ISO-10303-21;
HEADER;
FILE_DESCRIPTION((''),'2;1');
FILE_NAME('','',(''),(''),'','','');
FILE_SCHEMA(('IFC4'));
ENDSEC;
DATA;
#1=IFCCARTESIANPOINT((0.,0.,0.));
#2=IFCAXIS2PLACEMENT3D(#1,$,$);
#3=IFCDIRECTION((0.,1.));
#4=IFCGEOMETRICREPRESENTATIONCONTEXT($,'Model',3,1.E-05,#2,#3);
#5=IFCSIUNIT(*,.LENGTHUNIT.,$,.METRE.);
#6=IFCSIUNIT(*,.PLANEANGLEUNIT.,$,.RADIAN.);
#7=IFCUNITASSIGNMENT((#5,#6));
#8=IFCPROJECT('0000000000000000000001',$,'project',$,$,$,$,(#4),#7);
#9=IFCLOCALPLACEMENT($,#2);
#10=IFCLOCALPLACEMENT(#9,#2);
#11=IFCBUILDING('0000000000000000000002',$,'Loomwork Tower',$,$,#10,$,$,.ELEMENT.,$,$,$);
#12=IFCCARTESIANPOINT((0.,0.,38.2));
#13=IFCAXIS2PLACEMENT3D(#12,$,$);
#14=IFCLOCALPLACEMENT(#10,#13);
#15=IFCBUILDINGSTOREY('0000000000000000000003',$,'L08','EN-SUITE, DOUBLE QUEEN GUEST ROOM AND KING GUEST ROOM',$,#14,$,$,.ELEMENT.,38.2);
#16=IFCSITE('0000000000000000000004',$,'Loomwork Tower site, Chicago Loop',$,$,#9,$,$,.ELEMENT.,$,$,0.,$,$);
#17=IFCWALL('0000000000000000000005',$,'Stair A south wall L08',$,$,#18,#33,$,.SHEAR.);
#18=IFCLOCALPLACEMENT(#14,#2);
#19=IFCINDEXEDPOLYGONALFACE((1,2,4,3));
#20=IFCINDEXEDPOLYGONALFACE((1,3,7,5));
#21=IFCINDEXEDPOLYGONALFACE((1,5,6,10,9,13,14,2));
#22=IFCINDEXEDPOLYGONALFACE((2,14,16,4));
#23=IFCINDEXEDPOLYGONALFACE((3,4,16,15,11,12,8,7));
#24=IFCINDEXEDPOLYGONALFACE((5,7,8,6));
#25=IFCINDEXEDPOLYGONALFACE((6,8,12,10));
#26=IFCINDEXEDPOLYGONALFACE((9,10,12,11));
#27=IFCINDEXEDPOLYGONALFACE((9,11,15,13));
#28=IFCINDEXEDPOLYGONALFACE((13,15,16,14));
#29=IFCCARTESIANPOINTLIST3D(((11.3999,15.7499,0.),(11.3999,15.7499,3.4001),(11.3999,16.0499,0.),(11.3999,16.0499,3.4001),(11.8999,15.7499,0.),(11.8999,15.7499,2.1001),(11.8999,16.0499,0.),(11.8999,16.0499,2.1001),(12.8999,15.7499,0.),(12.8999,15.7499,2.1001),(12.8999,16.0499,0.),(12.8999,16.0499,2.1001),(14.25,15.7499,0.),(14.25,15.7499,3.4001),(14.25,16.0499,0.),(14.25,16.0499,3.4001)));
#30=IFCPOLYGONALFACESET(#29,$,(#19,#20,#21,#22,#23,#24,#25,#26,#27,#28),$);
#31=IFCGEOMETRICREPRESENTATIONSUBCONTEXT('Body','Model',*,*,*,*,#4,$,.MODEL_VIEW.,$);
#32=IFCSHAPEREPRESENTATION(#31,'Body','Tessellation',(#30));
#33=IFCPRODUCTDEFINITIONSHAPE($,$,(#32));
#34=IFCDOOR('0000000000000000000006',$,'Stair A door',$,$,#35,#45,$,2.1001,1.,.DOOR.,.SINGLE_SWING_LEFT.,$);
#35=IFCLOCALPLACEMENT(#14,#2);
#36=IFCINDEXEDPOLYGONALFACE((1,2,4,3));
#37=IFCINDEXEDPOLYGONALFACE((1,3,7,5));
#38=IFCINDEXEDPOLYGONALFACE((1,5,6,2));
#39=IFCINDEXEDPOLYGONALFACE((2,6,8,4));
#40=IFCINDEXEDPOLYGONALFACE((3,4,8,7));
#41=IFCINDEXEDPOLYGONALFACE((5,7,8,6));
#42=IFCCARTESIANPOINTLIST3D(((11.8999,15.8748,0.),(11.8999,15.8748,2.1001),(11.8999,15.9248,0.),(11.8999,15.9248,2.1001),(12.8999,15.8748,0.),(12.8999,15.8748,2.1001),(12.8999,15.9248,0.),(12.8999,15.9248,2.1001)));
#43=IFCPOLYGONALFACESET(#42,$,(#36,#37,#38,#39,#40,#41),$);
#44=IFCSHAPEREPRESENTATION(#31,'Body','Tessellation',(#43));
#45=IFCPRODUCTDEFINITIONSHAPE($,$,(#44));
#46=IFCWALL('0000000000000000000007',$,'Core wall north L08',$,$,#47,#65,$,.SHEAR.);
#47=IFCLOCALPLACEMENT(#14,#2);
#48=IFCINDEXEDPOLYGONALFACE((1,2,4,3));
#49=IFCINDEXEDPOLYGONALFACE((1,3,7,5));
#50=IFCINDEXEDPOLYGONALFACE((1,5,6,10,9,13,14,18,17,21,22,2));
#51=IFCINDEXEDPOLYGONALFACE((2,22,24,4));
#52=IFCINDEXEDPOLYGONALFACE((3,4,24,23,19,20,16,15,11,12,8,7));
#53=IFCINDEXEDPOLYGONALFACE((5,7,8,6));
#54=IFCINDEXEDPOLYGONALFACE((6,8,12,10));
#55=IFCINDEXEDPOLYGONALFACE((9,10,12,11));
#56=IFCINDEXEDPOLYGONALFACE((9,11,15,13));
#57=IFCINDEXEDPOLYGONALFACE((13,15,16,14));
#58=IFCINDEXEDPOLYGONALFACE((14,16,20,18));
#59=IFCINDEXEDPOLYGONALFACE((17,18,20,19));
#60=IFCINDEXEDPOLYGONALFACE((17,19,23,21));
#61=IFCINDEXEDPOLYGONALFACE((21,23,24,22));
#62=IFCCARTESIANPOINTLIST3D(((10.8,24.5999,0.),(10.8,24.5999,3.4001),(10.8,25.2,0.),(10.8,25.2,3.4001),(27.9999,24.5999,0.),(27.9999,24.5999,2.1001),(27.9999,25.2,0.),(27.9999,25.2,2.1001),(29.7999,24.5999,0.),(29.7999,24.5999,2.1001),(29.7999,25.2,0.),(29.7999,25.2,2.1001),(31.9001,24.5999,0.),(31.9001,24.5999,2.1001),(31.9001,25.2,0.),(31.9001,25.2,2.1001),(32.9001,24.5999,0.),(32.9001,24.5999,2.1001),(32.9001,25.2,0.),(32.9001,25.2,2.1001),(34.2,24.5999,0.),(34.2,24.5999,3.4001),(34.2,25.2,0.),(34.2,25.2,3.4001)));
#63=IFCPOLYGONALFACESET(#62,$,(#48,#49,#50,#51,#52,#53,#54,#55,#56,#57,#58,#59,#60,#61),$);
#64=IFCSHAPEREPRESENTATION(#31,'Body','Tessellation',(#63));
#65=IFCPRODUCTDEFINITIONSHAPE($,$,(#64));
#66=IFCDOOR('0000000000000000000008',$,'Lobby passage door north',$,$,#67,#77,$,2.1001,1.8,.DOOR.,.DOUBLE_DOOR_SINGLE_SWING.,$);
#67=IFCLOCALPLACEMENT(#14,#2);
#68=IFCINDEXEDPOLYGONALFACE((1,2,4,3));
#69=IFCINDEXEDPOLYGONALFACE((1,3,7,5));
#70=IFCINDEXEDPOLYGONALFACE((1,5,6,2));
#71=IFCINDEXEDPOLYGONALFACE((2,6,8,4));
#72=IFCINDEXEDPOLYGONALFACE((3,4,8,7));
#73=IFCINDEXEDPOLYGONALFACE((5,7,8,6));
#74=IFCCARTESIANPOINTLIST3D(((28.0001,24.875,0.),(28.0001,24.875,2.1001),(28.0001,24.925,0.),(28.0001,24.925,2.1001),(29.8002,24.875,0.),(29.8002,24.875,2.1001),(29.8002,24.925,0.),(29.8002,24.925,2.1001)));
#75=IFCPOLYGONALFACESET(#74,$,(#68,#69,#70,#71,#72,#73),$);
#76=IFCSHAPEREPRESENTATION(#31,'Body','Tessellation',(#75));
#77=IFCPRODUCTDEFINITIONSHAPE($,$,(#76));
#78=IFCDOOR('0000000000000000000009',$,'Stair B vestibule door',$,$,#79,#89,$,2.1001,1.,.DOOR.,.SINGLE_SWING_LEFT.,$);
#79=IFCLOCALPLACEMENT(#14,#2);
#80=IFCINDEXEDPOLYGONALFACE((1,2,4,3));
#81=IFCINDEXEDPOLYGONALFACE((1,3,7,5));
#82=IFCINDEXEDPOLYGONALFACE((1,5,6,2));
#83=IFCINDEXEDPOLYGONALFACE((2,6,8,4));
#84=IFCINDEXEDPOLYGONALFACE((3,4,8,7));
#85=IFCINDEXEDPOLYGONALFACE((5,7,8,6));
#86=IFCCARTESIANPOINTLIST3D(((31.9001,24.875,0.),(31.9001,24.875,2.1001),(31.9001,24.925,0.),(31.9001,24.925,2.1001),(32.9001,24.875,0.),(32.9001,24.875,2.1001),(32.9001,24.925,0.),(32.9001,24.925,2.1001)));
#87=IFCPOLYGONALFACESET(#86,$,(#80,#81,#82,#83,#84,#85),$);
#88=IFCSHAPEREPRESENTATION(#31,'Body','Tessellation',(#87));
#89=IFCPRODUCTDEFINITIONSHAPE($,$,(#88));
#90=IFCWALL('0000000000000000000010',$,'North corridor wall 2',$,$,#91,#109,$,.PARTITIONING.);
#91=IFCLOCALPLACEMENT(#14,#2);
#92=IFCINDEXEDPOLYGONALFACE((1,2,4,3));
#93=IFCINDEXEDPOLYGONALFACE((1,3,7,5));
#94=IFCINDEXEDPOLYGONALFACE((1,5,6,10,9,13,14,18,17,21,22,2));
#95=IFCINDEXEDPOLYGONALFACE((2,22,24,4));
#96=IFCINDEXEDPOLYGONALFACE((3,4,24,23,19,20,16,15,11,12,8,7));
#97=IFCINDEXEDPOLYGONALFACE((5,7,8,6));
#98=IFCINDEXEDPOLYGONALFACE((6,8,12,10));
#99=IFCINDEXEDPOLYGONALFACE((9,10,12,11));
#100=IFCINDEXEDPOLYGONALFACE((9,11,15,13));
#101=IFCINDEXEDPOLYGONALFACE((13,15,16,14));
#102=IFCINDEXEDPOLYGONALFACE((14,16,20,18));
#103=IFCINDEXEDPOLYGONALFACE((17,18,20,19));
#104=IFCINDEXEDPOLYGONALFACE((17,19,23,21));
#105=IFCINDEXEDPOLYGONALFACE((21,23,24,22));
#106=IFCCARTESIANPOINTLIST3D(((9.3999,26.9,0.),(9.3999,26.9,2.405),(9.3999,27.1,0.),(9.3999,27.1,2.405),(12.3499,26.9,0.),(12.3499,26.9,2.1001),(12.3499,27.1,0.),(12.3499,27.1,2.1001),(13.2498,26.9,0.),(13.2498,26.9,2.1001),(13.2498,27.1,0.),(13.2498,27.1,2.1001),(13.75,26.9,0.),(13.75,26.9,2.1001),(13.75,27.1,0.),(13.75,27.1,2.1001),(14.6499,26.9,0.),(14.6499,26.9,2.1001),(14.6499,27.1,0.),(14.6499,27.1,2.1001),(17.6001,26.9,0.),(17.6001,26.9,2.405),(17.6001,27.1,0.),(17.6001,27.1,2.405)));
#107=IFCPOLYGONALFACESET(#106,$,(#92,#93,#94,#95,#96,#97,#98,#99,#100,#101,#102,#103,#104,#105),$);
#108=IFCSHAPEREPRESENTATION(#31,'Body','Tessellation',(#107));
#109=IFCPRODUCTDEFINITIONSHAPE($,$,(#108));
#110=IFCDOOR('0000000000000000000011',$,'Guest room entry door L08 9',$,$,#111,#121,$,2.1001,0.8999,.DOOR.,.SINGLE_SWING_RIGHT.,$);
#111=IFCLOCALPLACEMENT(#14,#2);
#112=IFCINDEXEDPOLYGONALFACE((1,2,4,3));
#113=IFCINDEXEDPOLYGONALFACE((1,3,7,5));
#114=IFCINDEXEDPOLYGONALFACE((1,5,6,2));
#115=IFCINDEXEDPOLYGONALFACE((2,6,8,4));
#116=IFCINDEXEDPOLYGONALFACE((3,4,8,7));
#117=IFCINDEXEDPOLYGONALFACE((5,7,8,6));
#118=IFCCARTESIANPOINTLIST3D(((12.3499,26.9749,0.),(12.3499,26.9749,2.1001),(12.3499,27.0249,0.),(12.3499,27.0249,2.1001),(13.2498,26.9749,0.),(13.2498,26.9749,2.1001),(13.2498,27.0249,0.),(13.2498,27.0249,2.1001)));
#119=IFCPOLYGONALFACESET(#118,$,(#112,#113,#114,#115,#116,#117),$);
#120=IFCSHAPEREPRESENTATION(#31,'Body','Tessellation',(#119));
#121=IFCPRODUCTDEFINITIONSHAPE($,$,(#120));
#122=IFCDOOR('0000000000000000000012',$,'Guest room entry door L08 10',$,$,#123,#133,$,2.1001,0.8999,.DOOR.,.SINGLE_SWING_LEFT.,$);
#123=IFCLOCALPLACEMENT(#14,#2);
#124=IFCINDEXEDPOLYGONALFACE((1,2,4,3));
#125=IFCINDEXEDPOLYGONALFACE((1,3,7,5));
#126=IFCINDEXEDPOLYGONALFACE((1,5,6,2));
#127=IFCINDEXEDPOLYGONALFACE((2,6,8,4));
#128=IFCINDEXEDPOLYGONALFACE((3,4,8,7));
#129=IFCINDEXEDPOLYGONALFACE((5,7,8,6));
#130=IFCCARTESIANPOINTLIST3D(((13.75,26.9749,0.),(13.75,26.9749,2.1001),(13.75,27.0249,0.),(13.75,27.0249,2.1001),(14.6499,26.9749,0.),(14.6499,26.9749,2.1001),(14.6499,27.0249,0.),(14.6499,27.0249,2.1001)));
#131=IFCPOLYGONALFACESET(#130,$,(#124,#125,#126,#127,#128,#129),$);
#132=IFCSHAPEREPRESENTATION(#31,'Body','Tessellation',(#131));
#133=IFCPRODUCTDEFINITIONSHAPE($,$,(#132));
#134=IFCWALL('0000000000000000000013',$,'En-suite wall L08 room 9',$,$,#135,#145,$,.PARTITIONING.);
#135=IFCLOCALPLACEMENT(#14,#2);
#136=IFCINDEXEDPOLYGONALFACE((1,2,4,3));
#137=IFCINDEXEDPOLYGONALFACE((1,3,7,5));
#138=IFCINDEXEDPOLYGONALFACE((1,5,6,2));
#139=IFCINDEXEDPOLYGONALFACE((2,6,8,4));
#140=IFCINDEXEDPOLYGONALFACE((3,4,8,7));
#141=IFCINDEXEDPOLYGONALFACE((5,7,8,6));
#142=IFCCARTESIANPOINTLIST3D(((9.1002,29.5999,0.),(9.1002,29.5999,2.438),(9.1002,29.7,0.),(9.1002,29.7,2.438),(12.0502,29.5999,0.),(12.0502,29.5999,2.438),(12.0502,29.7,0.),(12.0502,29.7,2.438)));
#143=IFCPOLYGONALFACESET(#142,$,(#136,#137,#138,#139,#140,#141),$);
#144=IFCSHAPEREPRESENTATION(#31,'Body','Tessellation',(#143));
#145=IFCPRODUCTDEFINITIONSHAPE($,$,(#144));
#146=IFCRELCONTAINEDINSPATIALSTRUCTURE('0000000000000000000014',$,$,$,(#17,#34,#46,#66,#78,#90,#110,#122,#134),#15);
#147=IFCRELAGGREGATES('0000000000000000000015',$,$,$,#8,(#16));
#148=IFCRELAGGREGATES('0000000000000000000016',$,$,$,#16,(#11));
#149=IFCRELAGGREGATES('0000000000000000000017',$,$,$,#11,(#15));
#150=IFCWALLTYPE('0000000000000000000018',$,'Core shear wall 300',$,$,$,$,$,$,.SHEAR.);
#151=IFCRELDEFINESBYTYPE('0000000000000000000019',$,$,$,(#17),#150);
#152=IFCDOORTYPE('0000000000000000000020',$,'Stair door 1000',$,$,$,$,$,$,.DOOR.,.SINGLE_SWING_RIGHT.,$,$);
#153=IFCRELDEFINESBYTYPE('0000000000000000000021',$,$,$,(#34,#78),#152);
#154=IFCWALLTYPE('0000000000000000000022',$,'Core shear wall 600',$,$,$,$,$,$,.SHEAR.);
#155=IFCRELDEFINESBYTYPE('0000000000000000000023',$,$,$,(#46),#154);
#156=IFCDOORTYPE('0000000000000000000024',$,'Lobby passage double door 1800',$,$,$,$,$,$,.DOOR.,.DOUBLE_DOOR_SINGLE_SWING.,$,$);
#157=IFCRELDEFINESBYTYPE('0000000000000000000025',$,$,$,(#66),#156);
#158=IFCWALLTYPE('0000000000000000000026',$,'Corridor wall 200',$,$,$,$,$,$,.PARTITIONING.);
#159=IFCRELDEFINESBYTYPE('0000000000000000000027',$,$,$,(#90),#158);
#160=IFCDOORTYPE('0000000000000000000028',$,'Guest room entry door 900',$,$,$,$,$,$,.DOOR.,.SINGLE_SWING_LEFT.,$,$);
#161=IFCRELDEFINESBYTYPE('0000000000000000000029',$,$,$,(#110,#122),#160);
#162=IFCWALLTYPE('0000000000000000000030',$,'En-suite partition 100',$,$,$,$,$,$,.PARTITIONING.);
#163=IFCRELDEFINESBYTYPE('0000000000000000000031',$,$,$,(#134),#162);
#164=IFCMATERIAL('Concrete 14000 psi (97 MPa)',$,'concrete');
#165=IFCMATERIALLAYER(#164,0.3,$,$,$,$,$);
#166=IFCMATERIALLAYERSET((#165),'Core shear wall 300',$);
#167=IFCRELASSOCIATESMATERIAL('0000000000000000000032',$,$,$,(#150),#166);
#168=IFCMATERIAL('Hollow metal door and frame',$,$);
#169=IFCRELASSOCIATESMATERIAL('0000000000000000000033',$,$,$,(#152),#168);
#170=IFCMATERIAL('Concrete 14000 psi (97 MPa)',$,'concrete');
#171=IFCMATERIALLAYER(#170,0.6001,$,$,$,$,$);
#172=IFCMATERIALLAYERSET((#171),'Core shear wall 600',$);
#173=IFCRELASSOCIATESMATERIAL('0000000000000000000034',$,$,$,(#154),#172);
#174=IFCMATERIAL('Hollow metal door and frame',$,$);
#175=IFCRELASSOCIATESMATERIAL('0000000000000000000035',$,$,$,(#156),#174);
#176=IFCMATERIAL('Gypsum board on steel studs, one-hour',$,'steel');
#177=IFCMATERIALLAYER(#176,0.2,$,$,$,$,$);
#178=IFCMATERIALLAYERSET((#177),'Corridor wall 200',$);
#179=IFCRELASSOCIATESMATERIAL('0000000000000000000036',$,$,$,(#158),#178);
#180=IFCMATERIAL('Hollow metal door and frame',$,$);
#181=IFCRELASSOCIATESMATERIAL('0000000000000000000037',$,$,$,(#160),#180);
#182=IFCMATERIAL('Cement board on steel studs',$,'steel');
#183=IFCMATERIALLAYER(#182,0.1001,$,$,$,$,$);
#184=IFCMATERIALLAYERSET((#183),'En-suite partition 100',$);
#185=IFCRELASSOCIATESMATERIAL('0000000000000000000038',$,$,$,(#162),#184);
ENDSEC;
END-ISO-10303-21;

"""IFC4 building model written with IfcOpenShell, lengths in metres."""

from ifc_helpers import new_model, si_unit, direction, frame, frame_2d, origin, place, context, subcontext, project, spatial, rectangle, extrude, material, layer, layer_set, type_object, element, fill, save


model = new_model("IFC4")

# Units and contexts
model_context = context("Model", 3, precision=1e-05, world=origin(), true_north=direction((0.0, 1.0)))
body_context = subcontext(model_context, "Body", "Model", "MODEL_VIEW")
ifc_project = project(units=[si_unit("LENGTHUNIT", "METRE"), si_unit("PLANEANGLEUNIT", "RADIAN")], contexts=[model_context])

# Site, building, storey
site_placement = place(None, origin())
site = spatial("IfcSite", under=ifc_project, at=site_placement, Name="Loomwork Tower site, Chicago Loop", CompositionType="ELEMENT", RefElevation=0.0)
building_placement = place(site_placement, origin())
building = spatial("IfcBuilding", under=site, at=building_placement, Name="Loomwork Tower", CompositionType="ELEMENT")
storey_placement = place(building_placement, frame((0.0, 0.0, 38.2)))
storey = spatial("IfcBuildingStorey", under=building, at=storey_placement, Name="L08", Description="EN-SUITE, DOUBLE QUEEN GUEST ROOM AND KING GUEST ROOM", CompositionType="ELEMENT", Elevation=38.2)

# Wall, opening, door
ifc_material_1 = material(Name="Concrete 14000 psi (97 MPa)", Category="concrete")
ifc_layer_1 = layer(ifc_material_1, 0.3)
ifc_layer_set_1 = layer_set([ifc_layer_1], Name="Core shear wall 300")
wall_type_1 = type_object("IfcWallType", Name="Core shear wall 300", PredefinedType="SHEAR", material=ifc_layer_set_1)
wall_1_placement = place(storey_placement, frame((11.3999, 15.8999, 0.0), z_axis=(0.0, 0.0, 1.0), x_axis=(1.0, 0.0, 0.0)))
wall_1 = element("IfcWall", 1, at=wall_1_placement, inside=storey, type_object=wall_type_1, Name="Stair A south wall L08", PredefinedType="SHEAR", context=body_context, shape_type="SweptSolid", body=[
    extrude(rectangle(XDim=2.8501, YDim=0.3, at=frame_2d((1.425, 0.0))), origin(), (0.0, 0.0, 1.0), 3.4001),
])
opening_1_placement = place(wall_1_placement, frame((0.5, 0.0, 0.0)))
opening_1 = element("IfcOpeningElement", 2, at=opening_1_placement, cuts=wall_1, PredefinedType="OPENING", context=body_context, shape_type="SweptSolid", body=[
    extrude(rectangle(XDim=1.0, YDim=2.1001, at=frame_2d((0.5, 1.05))), frame((0.0, 0.1599, 0.0), z_axis=(0.0, -1.0, 0.0), x_axis=(1.0, 0.0, 0.0)), (0.0, 0.0, 1.0), 0.3201),
])
ifc_material_2 = material(Name="Hollow metal door and frame")
door_type_1 = type_object("IfcDoorType", Name="Stair door 1000", OperationType="SINGLE_SWING_RIGHT", PredefinedType="DOOR", material=ifc_material_2)
door_1_placement = place(opening_1_placement, origin())
door_1 = element("IfcDoor", 3, at=door_1_placement, inside=storey, type_object=door_type_1, Name="Stair A door", OperationType="SINGLE_SWING_LEFT", OverallHeight=2.1001, OverallWidth=1.0, PredefinedType="DOOR", context=body_context, shape_type="SweptSolid", body=[
    extrude(rectangle(XDim=1.0, YDim=2.1001, at=frame_2d((0.5, 1.05))), frame((0.0, 0.0249, 0.0), z_axis=(0.0, -1.0, 0.0), x_axis=(1.0, 0.0, 0.0)), (0.0, 0.0, 1.0), 0.05),
])
fill(opening_1, door_1)

# Walls, openings, doors
ifc_material_3 = material(Name="Concrete 14000 psi (97 MPa)", Category="concrete")
ifc_layer_2 = layer(ifc_material_3, 0.6001)
ifc_layer_set_2 = layer_set([ifc_layer_2], Name="Core shear wall 600")
wall_type_2 = type_object("IfcWallType", Name="Core shear wall 600", PredefinedType="SHEAR", material=ifc_layer_set_2)
wall_2_placement = place(storey_placement, frame((10.8, 24.8999, 0.0), z_axis=(0.0, 0.0, 1.0), x_axis=(1.0, 0.0, 0.0)))
wall_2 = element("IfcWall", 4, at=wall_2_placement, inside=storey, type_object=wall_type_2, Name="Core wall north L08", PredefinedType="SHEAR", context=body_context, shape_type="SweptSolid", body=[
    extrude(rectangle(XDim=23.3999, YDim=0.6001, at=frame_2d((11.7, 0.0))), origin(), (0.0, 0.0, 1.0), 3.4001),
])
opening_2_placement = place(wall_2_placement, frame((17.2, 0.0, 0.0)))
opening_2 = element("IfcOpeningElement", 5, at=opening_2_placement, cuts=wall_2, PredefinedType="OPENING", context=body_context, shape_type="SweptSolid", body=[
    extrude(rectangle(XDim=1.8, YDim=2.1001, at=frame_2d((0.8999, 1.05))), frame((0.0, 0.3101, 0.0), z_axis=(0.0, -1.0, 0.0), x_axis=(1.0, 0.0, 0.0)), (0.0, 0.0, 1.0), 0.6201),
])
opening_3_placement = place(wall_2_placement, frame((21.1001, 0.0, 0.0)))
opening_3 = element("IfcOpeningElement", 6, at=opening_3_placement, cuts=wall_2, PredefinedType="OPENING", context=body_context, shape_type="SweptSolid", body=[
    extrude(rectangle(XDim=1.0, YDim=2.1001, at=frame_2d((0.5, 1.05))), frame((0.0, 0.3101, 0.0), z_axis=(0.0, -1.0, 0.0), x_axis=(1.0, 0.0, 0.0)), (0.0, 0.0, 1.0), 0.6201),
])
ifc_material_4 = material(Name="Hollow metal door and frame")
door_type_2 = type_object("IfcDoorType", Name="Lobby passage double door 1800", OperationType="DOUBLE_DOOR_SINGLE_SWING", PredefinedType="DOOR", material=ifc_material_4)
door_2_placement = place(opening_2_placement, frame((1.8, 0.0, 0.0), z_axis=(0.0, 0.0, 1.0), x_axis=(-1.0, 0.0, 0.0)))
door_2 = element("IfcDoor", 7, at=door_2_placement, inside=storey, type_object=door_type_2, Name="Lobby passage door north", OperationType="DOUBLE_DOOR_SINGLE_SWING", OverallHeight=2.1001, OverallWidth=1.8, PredefinedType="DOOR", context=body_context, shape_type="SweptSolid", body=[
    extrude(rectangle(XDim=1.8, YDim=2.1001, at=frame_2d((0.8999, 1.05))), frame((0.0, 0.0249, 0.0), z_axis=(0.0, -1.0, 0.0), x_axis=(1.0, 0.0, 0.0)), (0.0, 0.0, 1.0), 0.05),
])
fill(opening_2, door_2)
door_3_placement = place(opening_3_placement, frame((1.0, 0.0, 0.0), z_axis=(0.0, 0.0, 1.0), x_axis=(-1.0, 0.0, 0.0)))
door_3 = element("IfcDoor", 8, at=door_3_placement, inside=storey, type_object=door_type_1, Name="Stair B vestibule door", OperationType="SINGLE_SWING_LEFT", OverallHeight=2.1001, OverallWidth=1.0, PredefinedType="DOOR", context=body_context, shape_type="SweptSolid", body=[
    extrude(rectangle(XDim=1.0, YDim=2.1001, at=frame_2d((0.5, 1.05))), frame((0.0, 0.0249, 0.0), z_axis=(0.0, -1.0, 0.0), x_axis=(1.0, 0.0, 0.0)), (0.0, 0.0, 1.0), 0.05),
])
fill(opening_3, door_3)
ifc_material_5 = material(Name="Gypsum board on steel studs, one-hour", Category="steel")
ifc_layer_3 = layer(ifc_material_5, 0.2)
ifc_layer_set_3 = layer_set([ifc_layer_3], Name="Corridor wall 200")
wall_type_3 = type_object("IfcWallType", Name="Corridor wall 200", PredefinedType="PARTITIONING", material=ifc_layer_set_3)
wall_3_placement = place(storey_placement, frame((9.3999, 27.0, 0.0), z_axis=(0.0, 0.0, 1.0), x_axis=(1.0, 0.0, 0.0)))
wall_3 = element("IfcWall", 9, at=wall_3_placement, inside=storey, type_object=wall_type_3, Name="North corridor wall 2", PredefinedType="PARTITIONING", context=body_context, shape_type="SweptSolid", body=[
    extrude(rectangle(XDim=8.2002, YDim=0.2, at=frame_2d((4.1001, 0.0))), origin(), (0.0, 0.0, 1.0), 2.405),
])
opening_4_placement = place(wall_3_placement, frame((2.95, 0.0, 0.0)))
opening_4 = element("IfcOpeningElement", 10, at=opening_4_placement, cuts=wall_3, PredefinedType="OPENING", context=body_context, shape_type="SweptSolid", body=[
    extrude(rectangle(XDim=0.8999, YDim=2.1001, at=frame_2d((0.45, 1.05))), frame((0.0, 0.1099, 0.0), z_axis=(0.0, -1.0, 0.0), x_axis=(1.0, 0.0, 0.0)), (0.0, 0.0, 1.0), 0.22),
])
opening_5_placement = place(wall_3_placement, frame((4.3501, 0.0, 0.0)))
opening_5 = element("IfcOpeningElement", 11, at=opening_5_placement, cuts=wall_3, PredefinedType="OPENING", context=body_context, shape_type="SweptSolid", body=[
    extrude(rectangle(XDim=0.8999, YDim=2.1001, at=frame_2d((0.45, 1.05))), frame((0.0, 0.1099, 0.0), z_axis=(0.0, -1.0, 0.0), x_axis=(1.0, 0.0, 0.0)), (0.0, 0.0, 1.0), 0.22),
])
ifc_material_6 = material(Name="Hollow metal door and frame")
door_type_3 = type_object("IfcDoorType", Name="Guest room entry door 900", OperationType="SINGLE_SWING_LEFT", PredefinedType="DOOR", material=ifc_material_6)
door_4_placement = place(opening_4_placement, origin())
door_4 = element("IfcDoor", 12, at=door_4_placement, inside=storey, type_object=door_type_3, Name="Guest room entry door L08 9", OperationType="SINGLE_SWING_RIGHT", OverallHeight=2.1001, OverallWidth=0.8999, PredefinedType="DOOR", context=body_context, shape_type="SweptSolid", body=[
    extrude(rectangle(XDim=0.8999, YDim=2.1001, at=frame_2d((0.45, 1.05))), frame((0.0, 0.0249, 0.0), z_axis=(0.0, -1.0, 0.0), x_axis=(1.0, 0.0, 0.0)), (0.0, 0.0, 1.0), 0.05),
])
fill(opening_4, door_4)
door_5_placement = place(opening_5_placement, origin())
door_5 = element("IfcDoor", 13, at=door_5_placement, inside=storey, type_object=door_type_3, Name="Guest room entry door L08 10", OperationType="SINGLE_SWING_LEFT", OverallHeight=2.1001, OverallWidth=0.8999, PredefinedType="DOOR", context=body_context, shape_type="SweptSolid", body=[
    extrude(rectangle(XDim=0.8999, YDim=2.1001, at=frame_2d((0.45, 1.05))), frame((0.0, 0.0249, 0.0), z_axis=(0.0, -1.0, 0.0), x_axis=(1.0, 0.0, 0.0)), (0.0, 0.0, 1.0), 0.05),
])
fill(opening_5, door_5)

# Wall
ifc_material_7 = material(Name="Cement board on steel studs", Category="steel")
ifc_layer_4 = layer(ifc_material_7, 0.1001)
ifc_layer_set_4 = layer_set([ifc_layer_4], Name="En-suite partition 100")
wall_type_4 = type_object("IfcWallType", Name="En-suite partition 100", PredefinedType="PARTITIONING", material=ifc_layer_set_4)
wall_4_placement = place(storey_placement, frame((9.1001, 29.6499, 0.0), z_axis=(0.0, 0.0, 1.0), x_axis=(1.0, 0.0, 0.0)))
element("IfcWall", 14, at=wall_4_placement, inside=storey, type_object=wall_type_4, Name="En-suite wall L08 room 9", PredefinedType="PARTITIONING", context=body_context, shape_type="SweptSolid", body=[
    extrude(rectangle(XDim=2.95, YDim=0.1001, at=frame_2d((1.4751, 0.0))), origin(), (0.0, 0.0, 1.0), 2.438),
])

save(model, "model.ifc")
